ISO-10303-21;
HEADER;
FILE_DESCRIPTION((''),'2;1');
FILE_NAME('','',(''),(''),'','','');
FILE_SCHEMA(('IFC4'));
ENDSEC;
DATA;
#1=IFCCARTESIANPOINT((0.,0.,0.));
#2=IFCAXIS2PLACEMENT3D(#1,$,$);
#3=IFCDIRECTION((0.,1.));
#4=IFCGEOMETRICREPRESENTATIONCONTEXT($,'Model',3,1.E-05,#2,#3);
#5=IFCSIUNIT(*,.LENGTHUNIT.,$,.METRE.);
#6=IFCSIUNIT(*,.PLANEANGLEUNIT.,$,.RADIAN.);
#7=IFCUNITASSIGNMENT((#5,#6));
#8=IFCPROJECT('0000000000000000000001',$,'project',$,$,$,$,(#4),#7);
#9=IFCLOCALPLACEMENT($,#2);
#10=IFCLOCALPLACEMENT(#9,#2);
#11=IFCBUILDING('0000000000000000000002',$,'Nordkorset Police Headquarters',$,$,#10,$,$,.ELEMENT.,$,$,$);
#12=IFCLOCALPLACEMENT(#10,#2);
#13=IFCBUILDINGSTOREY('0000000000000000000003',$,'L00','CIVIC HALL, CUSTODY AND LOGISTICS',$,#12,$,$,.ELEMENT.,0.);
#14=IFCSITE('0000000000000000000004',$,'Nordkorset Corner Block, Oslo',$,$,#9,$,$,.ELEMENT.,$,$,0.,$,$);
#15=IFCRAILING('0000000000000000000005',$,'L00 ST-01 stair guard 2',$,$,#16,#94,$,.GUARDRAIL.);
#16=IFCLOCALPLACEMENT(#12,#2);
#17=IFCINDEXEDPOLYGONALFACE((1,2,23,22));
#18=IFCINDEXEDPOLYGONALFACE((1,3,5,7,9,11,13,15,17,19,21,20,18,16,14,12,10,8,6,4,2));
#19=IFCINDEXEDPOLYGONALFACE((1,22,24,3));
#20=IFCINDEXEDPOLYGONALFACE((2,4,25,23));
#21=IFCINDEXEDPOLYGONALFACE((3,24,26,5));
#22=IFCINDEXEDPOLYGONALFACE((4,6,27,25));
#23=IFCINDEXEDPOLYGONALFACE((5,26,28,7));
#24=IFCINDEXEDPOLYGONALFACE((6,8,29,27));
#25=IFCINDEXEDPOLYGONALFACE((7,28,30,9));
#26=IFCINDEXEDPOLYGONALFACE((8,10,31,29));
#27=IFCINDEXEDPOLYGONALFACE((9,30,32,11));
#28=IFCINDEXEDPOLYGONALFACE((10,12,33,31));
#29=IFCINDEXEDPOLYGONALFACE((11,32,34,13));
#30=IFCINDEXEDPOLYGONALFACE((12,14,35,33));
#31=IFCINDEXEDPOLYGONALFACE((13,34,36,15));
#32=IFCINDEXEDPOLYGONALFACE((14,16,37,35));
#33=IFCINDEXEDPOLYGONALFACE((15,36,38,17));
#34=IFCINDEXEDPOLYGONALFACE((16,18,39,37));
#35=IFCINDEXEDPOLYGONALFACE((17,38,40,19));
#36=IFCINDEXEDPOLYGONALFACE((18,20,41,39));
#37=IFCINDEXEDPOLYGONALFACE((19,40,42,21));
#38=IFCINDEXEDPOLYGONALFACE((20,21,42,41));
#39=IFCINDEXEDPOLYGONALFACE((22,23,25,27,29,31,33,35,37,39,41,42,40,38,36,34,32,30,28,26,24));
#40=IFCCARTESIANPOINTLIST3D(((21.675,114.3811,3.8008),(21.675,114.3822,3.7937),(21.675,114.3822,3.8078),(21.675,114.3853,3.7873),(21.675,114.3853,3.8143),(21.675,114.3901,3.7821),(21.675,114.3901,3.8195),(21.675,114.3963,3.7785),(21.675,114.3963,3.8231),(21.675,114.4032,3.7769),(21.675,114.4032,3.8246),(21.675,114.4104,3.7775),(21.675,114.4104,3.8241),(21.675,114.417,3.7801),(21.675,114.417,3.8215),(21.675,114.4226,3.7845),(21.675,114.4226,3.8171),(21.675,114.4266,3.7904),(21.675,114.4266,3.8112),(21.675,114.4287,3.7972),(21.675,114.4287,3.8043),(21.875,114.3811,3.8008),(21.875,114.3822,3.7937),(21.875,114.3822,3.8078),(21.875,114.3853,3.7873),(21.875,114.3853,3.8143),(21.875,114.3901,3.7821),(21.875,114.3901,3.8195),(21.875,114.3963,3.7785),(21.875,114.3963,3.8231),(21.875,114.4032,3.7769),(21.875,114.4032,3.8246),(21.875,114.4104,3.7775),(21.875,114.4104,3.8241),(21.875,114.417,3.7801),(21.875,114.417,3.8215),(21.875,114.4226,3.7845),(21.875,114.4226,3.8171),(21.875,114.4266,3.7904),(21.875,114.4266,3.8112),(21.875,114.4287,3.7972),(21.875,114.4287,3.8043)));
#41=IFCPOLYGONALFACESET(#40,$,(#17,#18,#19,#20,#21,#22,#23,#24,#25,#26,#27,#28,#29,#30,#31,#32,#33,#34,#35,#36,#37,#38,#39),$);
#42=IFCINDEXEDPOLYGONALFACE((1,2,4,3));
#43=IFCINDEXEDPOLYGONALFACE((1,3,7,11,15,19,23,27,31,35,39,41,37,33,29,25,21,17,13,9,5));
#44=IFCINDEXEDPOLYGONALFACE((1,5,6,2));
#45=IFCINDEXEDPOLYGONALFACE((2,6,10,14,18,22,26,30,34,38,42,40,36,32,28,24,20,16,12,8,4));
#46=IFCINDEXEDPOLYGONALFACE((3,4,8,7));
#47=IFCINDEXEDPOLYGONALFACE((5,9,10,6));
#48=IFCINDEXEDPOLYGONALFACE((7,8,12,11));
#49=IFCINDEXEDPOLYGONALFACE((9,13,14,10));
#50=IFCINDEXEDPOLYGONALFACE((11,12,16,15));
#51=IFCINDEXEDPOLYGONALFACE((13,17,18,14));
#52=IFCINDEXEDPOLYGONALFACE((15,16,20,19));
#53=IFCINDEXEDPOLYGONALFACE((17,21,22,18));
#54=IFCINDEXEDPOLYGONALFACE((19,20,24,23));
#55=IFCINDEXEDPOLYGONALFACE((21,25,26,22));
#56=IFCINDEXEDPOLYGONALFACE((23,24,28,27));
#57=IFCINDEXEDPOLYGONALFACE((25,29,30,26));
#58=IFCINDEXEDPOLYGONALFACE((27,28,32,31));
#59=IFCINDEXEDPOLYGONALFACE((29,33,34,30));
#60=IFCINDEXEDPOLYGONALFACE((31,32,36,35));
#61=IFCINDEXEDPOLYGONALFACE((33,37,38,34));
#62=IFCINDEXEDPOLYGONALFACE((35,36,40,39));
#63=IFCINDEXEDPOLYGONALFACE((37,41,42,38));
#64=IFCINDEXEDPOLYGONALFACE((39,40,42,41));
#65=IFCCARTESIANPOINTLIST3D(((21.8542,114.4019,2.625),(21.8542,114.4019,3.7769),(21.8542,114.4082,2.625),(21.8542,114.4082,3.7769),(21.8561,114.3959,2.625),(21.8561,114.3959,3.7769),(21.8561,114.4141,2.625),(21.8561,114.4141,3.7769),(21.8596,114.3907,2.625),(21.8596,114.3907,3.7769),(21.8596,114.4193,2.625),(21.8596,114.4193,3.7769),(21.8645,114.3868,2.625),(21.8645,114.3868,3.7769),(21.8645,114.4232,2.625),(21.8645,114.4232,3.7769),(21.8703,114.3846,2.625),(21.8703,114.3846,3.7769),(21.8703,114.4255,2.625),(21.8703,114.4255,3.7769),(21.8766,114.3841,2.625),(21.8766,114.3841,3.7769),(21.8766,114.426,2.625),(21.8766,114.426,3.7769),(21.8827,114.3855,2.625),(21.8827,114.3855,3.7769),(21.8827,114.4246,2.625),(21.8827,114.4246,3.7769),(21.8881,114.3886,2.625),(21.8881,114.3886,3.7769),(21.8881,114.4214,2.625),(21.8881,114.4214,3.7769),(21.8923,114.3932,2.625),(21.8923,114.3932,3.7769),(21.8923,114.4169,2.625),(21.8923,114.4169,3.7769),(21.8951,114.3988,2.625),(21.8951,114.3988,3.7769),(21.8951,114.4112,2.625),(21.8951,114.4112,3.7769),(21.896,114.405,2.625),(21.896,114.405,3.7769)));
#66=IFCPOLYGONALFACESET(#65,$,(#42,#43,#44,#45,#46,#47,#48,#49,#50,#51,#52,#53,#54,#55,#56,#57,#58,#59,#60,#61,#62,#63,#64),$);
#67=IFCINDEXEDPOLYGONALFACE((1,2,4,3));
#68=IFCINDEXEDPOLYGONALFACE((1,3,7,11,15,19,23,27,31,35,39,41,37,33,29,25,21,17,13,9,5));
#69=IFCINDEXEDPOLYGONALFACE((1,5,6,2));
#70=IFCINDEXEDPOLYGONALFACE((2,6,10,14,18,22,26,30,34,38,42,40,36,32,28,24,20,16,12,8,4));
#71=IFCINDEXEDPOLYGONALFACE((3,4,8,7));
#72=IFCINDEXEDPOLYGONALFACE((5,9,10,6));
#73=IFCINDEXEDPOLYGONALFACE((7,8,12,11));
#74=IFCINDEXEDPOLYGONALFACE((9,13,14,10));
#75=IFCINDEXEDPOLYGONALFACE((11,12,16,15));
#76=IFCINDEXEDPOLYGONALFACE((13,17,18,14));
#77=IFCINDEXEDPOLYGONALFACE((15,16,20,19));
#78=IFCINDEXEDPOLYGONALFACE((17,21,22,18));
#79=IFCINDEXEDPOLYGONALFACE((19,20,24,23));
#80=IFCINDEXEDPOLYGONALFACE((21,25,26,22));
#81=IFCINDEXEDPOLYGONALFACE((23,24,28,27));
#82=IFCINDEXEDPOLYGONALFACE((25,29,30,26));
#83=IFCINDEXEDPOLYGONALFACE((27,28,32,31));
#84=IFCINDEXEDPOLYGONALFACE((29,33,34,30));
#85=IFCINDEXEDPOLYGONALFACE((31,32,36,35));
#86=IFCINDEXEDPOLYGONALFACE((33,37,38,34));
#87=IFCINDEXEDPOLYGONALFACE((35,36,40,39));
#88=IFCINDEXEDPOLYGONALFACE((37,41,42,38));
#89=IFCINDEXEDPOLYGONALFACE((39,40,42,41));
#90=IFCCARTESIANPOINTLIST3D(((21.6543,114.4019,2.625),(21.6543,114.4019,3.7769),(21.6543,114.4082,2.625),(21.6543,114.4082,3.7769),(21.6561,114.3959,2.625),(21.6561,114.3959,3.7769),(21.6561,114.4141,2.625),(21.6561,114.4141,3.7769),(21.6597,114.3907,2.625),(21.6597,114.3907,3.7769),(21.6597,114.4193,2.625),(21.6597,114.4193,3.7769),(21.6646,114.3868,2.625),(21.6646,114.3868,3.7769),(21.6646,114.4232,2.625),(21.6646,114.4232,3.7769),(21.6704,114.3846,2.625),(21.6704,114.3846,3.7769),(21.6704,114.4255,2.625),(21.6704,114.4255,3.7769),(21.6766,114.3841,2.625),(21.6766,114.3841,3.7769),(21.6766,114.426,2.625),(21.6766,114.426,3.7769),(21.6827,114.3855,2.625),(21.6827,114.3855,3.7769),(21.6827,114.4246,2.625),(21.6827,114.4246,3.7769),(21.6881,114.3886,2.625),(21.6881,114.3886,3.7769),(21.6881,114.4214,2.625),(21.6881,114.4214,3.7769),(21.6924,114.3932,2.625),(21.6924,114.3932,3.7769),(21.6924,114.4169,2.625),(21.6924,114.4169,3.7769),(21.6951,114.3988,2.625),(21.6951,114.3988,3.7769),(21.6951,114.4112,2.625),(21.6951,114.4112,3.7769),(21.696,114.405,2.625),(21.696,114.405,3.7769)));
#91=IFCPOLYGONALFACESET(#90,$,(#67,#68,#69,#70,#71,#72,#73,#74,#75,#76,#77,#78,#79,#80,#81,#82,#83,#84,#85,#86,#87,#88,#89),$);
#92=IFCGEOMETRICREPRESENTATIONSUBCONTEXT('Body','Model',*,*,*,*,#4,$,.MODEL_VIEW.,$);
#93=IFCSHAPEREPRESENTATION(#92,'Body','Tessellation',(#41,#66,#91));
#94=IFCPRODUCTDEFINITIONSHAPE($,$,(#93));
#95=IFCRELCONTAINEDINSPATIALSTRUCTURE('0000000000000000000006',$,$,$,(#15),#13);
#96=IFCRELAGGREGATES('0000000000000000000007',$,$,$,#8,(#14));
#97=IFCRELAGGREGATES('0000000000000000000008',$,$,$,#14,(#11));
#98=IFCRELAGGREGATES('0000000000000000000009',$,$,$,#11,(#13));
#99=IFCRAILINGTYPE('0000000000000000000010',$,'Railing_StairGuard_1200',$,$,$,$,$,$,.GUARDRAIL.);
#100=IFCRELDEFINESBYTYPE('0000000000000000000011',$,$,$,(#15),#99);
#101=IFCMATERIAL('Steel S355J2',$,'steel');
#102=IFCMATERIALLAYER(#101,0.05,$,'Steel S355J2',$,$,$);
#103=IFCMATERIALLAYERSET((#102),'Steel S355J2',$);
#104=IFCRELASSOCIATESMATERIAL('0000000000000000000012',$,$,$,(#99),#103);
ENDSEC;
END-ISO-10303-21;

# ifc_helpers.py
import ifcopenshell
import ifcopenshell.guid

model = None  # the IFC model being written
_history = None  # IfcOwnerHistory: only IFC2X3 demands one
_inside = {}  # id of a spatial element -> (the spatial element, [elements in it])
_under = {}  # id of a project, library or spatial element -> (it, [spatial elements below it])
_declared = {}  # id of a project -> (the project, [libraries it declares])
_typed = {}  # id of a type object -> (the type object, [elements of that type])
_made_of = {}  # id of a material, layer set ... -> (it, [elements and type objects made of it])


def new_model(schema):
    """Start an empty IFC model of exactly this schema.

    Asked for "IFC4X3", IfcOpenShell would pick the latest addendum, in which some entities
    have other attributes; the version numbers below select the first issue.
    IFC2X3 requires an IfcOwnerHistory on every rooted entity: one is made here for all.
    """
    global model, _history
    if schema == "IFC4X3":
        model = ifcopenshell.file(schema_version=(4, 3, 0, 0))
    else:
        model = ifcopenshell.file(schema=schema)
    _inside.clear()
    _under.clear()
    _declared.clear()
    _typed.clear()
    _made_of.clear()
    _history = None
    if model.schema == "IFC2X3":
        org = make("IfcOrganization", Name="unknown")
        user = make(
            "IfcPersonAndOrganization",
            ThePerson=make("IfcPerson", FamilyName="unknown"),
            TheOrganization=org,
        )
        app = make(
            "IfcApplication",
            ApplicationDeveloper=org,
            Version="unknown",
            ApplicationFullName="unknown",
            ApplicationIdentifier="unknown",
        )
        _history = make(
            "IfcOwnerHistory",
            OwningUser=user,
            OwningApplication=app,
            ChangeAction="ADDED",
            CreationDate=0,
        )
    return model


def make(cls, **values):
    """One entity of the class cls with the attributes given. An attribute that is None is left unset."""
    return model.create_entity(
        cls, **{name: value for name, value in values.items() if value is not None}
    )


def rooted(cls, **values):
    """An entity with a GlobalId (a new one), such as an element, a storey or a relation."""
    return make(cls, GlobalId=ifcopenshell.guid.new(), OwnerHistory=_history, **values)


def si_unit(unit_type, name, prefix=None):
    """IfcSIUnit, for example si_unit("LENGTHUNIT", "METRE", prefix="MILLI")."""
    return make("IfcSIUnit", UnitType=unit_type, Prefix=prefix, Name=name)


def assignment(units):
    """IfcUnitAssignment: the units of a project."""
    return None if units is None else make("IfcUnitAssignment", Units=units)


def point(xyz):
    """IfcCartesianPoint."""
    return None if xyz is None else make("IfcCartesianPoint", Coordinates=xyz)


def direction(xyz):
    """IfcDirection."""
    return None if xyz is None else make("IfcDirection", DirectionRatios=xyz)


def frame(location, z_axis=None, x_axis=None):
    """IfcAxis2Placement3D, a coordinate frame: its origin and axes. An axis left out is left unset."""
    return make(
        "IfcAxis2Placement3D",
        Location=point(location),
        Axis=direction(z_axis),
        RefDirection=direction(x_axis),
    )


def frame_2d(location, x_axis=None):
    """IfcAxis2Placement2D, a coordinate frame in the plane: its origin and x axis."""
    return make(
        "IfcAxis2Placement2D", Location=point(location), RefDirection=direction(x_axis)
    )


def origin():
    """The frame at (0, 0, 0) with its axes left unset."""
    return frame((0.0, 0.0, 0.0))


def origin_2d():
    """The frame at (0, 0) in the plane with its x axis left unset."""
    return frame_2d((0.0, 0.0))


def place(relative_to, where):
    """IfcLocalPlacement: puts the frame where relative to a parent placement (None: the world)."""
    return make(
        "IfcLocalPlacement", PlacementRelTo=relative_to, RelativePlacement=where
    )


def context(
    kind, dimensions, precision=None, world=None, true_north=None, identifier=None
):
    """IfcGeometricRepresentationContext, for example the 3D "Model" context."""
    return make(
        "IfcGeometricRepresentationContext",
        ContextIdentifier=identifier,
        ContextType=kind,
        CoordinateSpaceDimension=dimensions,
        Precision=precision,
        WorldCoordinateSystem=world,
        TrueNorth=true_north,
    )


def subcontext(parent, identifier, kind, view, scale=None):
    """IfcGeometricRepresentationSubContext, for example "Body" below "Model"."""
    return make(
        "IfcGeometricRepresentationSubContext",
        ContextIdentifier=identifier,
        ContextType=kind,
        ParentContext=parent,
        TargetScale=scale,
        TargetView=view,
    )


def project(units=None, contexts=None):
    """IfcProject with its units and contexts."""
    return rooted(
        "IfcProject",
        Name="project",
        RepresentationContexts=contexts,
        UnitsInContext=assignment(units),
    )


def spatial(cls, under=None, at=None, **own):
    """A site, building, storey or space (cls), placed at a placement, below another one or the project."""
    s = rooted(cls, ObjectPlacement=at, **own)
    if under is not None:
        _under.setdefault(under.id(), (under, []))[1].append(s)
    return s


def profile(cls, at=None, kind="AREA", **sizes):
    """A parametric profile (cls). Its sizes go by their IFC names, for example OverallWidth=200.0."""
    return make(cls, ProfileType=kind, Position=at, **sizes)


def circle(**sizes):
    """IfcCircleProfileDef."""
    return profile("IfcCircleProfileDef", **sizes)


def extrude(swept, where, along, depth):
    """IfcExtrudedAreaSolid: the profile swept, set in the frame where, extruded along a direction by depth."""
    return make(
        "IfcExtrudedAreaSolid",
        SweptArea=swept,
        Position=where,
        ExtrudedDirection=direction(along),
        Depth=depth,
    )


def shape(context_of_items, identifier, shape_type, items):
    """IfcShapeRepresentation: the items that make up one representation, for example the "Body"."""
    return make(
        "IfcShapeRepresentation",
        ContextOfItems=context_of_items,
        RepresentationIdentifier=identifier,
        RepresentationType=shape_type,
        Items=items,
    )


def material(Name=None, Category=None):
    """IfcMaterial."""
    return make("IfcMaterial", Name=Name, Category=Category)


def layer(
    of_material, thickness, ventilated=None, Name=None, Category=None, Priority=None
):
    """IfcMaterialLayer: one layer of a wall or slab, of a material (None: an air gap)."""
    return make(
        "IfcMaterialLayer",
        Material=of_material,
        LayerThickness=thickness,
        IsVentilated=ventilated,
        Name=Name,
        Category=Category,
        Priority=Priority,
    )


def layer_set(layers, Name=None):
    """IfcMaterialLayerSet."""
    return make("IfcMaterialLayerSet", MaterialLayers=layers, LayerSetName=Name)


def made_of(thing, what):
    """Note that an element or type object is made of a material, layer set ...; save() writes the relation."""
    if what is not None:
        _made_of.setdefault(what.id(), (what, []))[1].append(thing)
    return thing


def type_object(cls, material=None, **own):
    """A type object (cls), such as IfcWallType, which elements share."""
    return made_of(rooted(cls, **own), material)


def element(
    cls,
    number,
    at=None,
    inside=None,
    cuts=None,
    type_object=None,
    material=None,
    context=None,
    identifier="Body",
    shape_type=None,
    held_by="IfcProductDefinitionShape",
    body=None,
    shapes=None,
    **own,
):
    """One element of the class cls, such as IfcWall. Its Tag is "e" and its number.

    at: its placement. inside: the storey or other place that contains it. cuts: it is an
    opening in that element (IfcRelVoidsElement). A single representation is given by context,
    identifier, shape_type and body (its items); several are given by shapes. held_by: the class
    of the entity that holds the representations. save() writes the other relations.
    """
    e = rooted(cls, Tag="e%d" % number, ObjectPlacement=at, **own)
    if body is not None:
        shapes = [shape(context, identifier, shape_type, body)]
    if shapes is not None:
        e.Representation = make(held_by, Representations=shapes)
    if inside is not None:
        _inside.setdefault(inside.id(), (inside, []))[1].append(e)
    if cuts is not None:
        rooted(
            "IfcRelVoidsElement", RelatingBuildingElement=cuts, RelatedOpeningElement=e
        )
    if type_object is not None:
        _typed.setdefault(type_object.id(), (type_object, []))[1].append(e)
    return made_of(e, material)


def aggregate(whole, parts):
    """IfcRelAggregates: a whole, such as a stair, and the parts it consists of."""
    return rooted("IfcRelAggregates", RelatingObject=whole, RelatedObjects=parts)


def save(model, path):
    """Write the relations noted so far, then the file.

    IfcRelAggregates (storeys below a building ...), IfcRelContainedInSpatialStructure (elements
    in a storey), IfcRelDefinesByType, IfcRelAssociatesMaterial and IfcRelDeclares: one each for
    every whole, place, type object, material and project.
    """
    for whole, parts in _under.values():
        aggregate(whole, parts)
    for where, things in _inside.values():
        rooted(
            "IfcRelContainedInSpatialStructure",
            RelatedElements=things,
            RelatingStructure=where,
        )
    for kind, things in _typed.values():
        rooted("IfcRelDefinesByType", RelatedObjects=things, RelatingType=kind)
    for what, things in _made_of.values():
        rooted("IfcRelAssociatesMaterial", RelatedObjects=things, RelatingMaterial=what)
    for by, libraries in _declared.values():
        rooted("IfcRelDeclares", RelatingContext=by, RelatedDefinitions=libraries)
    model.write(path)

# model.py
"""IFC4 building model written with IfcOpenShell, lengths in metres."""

from ifc_helpers import new_model, si_unit, direction, frame, origin, origin_2d, place, context, subcontext, project, spatial, circle, extrude, material, layer, layer_set, type_object, element, save


model = new_model("IFC4")

# Units and contexts
model_context = context("Model", 3, precision=1e-05, world=origin(), true_north=direction((0.0, 1.0)))
body_context = subcontext(model_context, "Body", "Model", "MODEL_VIEW")
ifc_project = project(units=[si_unit("LENGTHUNIT", "METRE"), si_unit("PLANEANGLEUNIT", "RADIAN")], contexts=[model_context])

# Site, building, storey
site_placement = place(None, origin())
site = spatial("IfcSite", under=ifc_project, at=site_placement, Name="Nordkorset Corner Block, Oslo", CompositionType="ELEMENT", RefElevation=0.0)
building_placement = place(site_placement, origin())
building = spatial("IfcBuilding", under=site, at=building_placement, Name="Nordkorset Police Headquarters", CompositionType="ELEMENT")
storey_placement = place(building_placement, origin())
storey = spatial("IfcBuildingStorey", under=building, at=storey_placement, Name="L00", Description="CIVIC HALL, CUSTODY AND LOGISTICS", CompositionType="ELEMENT", Elevation=0.0)

# Railing
ifc_material_1 = material(Name="Steel S355J2", Category="steel")
ifc_layer_1 = layer(ifc_material_1, 0.05, Name="Steel S355J2")
ifc_layer_set_1 = layer_set([ifc_layer_1], Name="Steel S355J2")
railing_type_1 = type_object("IfcRailingType", Name="Railing_StairGuard_1200", PredefinedType="GUARDRAIL", material=ifc_layer_set_1)
railing_1_placement = place(storey_placement, frame((21.875, 114.405, 2.625)))
element("IfcRailing", 1, at=railing_1_placement, inside=storey, type_object=railing_type_1, Name="L00 ST-01 stair guard 2", PredefinedType="GUARDRAIL", context=body_context, shape_type="SweptSolid", body=[
    extrude(circle(Radius=0.0239, at=origin_2d()), frame((0.0, 0.0, 1.1758), z_axis=(-1.0, 0.0, 0.0), x_axis=(0.0, -1.0, 0.0)), (0.0, 0.0, 1.0), 0.2),
    extrude(circle(Radius=0.021, at=origin_2d()), origin(), (0.0, 0.0, 1.0), 1.1519),
    extrude(circle(Radius=0.021, at=origin_2d()), frame((-0.2, 0.0, 0.0)), (0.0, 0.0, 1.0), 1.1519),
])

save(model, "model.ifc")
